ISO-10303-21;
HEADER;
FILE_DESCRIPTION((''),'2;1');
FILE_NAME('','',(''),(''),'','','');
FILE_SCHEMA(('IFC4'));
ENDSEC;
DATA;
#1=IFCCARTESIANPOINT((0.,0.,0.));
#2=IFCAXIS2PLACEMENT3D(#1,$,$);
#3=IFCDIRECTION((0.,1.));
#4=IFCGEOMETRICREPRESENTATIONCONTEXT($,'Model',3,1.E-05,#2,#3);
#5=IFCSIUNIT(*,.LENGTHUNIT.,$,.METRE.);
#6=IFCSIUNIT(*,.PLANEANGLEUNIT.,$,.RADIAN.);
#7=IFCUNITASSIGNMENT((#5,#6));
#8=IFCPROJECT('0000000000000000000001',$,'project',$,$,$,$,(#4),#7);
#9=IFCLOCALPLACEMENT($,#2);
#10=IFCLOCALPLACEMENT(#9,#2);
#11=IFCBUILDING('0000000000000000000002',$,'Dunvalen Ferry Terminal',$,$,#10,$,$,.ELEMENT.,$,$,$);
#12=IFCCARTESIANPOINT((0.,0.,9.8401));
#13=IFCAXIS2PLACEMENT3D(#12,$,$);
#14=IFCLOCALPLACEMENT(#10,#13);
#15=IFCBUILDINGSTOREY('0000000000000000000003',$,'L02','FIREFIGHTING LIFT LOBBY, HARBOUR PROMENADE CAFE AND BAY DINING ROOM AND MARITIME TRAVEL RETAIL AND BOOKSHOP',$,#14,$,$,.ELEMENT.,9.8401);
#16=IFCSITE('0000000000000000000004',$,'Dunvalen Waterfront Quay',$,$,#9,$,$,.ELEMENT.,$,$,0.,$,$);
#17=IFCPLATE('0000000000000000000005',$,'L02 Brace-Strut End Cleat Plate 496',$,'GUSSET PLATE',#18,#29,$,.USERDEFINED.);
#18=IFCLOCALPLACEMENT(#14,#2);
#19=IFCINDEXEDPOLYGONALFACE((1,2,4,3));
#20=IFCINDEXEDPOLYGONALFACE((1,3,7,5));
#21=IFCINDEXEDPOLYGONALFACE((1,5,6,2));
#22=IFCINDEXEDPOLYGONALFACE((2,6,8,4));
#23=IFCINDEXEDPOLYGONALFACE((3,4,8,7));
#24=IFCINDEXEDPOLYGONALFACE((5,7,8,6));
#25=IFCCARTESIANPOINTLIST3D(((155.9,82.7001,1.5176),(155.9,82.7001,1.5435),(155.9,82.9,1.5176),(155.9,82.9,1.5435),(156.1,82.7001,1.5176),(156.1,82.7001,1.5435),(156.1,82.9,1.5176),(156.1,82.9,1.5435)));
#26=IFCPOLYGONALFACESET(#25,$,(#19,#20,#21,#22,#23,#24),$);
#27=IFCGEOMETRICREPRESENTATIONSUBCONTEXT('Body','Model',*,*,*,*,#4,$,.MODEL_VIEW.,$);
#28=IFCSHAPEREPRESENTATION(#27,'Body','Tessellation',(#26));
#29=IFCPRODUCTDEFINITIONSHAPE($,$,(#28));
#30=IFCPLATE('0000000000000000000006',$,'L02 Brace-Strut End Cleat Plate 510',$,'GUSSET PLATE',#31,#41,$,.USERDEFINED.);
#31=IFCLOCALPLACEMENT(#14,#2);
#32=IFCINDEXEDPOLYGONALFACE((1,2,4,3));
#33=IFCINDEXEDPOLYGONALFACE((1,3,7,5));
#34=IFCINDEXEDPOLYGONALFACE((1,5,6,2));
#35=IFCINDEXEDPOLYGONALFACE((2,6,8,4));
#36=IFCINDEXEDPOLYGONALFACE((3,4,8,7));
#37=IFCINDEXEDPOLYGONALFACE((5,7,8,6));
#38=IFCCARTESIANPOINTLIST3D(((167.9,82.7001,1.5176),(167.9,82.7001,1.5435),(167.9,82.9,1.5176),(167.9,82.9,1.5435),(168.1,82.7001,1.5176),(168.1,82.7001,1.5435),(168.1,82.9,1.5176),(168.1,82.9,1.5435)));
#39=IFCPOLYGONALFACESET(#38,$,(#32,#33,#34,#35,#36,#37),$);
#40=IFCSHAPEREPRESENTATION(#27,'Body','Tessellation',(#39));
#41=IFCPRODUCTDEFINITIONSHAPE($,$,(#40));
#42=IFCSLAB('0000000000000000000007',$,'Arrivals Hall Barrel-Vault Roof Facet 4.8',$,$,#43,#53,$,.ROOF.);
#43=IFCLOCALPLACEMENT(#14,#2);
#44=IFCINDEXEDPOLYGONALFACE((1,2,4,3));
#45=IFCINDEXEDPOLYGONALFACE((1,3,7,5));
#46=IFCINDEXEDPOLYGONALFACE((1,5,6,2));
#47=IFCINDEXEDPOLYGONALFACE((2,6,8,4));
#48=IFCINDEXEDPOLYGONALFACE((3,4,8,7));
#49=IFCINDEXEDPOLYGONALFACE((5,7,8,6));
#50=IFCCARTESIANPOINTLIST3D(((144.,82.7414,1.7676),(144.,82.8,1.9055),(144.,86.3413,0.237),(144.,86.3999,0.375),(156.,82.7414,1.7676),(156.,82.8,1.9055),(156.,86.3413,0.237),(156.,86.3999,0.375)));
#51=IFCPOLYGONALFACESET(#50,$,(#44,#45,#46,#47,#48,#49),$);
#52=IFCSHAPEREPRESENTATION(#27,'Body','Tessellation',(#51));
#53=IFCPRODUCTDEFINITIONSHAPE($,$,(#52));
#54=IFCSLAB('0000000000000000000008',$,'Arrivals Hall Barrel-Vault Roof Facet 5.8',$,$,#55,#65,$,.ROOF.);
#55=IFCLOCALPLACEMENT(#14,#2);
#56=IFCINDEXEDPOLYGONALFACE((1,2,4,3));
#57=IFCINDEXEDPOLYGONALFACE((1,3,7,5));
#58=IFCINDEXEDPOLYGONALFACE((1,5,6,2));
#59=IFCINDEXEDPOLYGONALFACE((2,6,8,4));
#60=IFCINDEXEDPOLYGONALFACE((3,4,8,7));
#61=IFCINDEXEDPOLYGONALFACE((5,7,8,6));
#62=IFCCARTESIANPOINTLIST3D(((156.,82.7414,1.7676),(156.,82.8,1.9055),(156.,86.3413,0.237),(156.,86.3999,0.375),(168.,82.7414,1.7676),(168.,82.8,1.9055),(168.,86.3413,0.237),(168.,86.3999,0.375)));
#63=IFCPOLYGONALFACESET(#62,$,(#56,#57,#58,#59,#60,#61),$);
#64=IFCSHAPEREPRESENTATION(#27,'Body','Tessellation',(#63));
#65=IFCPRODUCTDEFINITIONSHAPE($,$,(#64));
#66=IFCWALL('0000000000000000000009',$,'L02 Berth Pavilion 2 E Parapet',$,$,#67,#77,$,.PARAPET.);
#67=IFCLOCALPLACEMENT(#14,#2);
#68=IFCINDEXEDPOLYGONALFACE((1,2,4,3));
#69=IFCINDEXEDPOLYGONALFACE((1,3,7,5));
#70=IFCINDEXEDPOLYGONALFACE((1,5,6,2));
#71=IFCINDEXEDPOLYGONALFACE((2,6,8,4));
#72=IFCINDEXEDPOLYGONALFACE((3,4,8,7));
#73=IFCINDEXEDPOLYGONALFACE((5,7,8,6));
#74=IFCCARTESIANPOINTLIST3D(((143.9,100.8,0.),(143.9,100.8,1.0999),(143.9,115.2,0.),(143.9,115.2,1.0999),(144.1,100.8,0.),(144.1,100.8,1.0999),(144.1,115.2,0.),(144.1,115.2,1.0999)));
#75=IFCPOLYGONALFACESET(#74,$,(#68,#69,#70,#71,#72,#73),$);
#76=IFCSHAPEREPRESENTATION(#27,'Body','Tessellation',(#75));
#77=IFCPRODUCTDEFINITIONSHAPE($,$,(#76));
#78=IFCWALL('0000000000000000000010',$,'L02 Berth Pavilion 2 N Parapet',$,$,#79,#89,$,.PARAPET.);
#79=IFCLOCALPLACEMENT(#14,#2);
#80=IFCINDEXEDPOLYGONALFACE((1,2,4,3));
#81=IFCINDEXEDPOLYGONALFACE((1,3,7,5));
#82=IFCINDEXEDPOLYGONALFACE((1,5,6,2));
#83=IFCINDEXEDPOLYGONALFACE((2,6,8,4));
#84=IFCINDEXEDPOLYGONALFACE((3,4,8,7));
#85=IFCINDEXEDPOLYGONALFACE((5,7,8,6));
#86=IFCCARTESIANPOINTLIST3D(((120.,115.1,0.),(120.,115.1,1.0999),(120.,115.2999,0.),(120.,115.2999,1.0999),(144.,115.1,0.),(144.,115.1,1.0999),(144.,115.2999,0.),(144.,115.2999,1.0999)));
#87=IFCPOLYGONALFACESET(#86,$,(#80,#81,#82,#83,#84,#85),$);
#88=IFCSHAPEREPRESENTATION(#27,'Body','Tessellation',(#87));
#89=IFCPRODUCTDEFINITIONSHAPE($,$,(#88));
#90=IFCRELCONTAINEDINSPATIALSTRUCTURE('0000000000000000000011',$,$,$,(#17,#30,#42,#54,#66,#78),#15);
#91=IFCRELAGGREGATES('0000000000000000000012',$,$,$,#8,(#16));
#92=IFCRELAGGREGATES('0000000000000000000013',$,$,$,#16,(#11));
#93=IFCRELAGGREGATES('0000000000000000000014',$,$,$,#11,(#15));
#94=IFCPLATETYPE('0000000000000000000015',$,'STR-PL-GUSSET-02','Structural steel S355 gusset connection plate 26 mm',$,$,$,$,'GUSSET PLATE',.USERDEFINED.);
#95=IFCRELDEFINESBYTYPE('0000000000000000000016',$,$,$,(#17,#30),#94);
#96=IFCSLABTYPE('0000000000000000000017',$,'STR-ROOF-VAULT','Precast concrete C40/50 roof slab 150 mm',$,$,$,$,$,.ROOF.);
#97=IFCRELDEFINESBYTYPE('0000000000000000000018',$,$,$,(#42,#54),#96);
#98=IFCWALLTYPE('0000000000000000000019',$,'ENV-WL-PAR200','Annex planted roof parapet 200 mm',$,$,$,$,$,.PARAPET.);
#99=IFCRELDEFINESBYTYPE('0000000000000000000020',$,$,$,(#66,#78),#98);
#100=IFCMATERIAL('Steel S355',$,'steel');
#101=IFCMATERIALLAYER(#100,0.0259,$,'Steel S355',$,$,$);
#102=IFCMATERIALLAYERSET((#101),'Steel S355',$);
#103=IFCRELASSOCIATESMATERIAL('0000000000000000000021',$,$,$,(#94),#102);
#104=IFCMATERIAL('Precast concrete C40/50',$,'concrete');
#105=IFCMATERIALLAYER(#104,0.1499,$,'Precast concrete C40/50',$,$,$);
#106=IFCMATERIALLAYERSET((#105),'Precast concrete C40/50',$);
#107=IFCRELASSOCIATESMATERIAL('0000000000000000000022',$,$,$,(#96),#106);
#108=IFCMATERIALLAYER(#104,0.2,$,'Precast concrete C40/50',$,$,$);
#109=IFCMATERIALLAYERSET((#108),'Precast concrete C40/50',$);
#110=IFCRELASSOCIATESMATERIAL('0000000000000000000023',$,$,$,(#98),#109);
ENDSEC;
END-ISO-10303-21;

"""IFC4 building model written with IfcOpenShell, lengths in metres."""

from ifc_helpers import new_model, si_unit, direction, frame, frame_2d, origin, origin_2d, place, context, subcontext, project, spatial, polyline, rectangle, outline, extrude, material, layer, layer_set, type_object, element, save


model = new_model("IFC4")

# Units and contexts
model_context = context("Model", 3, precision=1e-05, world=origin(), true_north=direction((0.0, 1.0)))
body_context = subcontext(model_context, "Body", "Model", "MODEL_VIEW")
ifc_project = project(units=[si_unit("LENGTHUNIT", "METRE"), si_unit("PLANEANGLEUNIT", "RADIAN")], contexts=[model_context])

# Site, building, storey
site_placement = place(None, origin())
site = spatial("IfcSite", under=ifc_project, at=site_placement, Name="Dunvalen Waterfront Quay", CompositionType="ELEMENT", RefElevation=0.0)
building_placement = place(site_placement, origin())
building = spatial("IfcBuilding", under=site, at=building_placement, Name="Dunvalen Ferry Terminal", CompositionType="ELEMENT")
storey_placement = place(building_placement, frame((0.0, 0.0, 9.8401)))
storey = spatial("IfcBuildingStorey", under=building, at=storey_placement, Name="L02", Description="FIREFIGHTING LIFT LOBBY, HARBOUR PROMENADE CAFE AND BAY DINING ROOM AND MARITIME TRAVEL RETAIL AND BOOKSHOP", CompositionType="ELEMENT", Elevation=9.8401)

# Shared definitions
ifc_material_1 = material(Name="Steel S355", Category="steel")

# Plates
ifc_layer_1 = layer(ifc_material_1, 0.0259, Name="Steel S355")
ifc_layer_set_1 = layer_set([ifc_layer_1], Name="Steel S355")
plate_type_1 = type_object("IfcPlateType", Name="STR-PL-GUSSET-02", Description="Structural steel S355 gusset connection plate 26 mm", ElementType="GUSSET PLATE", PredefinedType="USERDEFINED", material=ifc_layer_set_1)
for number, where, z_axis, x_axis, name in (
    (1, (156.0, 82.8, 1.5176), (0.0, 0.0, 1.0), (1.0, 0.0, 0.0), "L02 Brace-Strut End Cleat Plate 496"),
    (2, (168.0, 82.8, 1.5176), (0.0, 0.0, 1.0), (1.0, 0.0, 0.0), "L02 Brace-Strut End Cleat Plate 510"),
):
    element("IfcPlate", number, at=place(storey_placement, frame(where, z_axis=z_axis, x_axis=x_axis)), inside=storey, type_object=plate_type_1, Name=name, ObjectType="GUSSET PLATE", PredefinedType="USERDEFINED", context=body_context, shape_type="SweptSolid", body=[
        extrude(rectangle(XDim=0.2, YDim=0.2, at=origin_2d()), origin(), (0.0, 0.0, 1.0), 0.0259),
    ])

# Slabs
ifc_material_2 = material(Name="Precast concrete C40/50", Category="concrete")
ifc_layer_2 = layer(ifc_material_2, 0.1499, Name="Precast concrete C40/50")
ifc_layer_set_2 = layer_set([ifc_layer_2], Name="Precast concrete C40/50")
slab_type = type_object("IfcSlabType", Name="STR-ROOF-VAULT", Description="Precast concrete C40/50 roof slab 150 mm", PredefinedType="ROOF", material=ifc_layer_set_2)
for number, where, z_axis, x_axis, name in (
    (3, (144.0, 82.8, 1.9055), (0.0, 0.391266, 0.920278), (1.0, 0.0, 0.0), "Arrivals Hall Barrel-Vault Roof Facet 4.8"),
    (4, (156.0, 82.8, 1.9055), (0.0, 0.391266, 0.920278), (1.0, 0.0, 0.0), "Arrivals Hall Barrel-Vault Roof Facet 5.8"),
):
    element("IfcSlab", number, at=place(storey_placement, frame(where, z_axis=z_axis, x_axis=x_axis)), inside=storey, type_object=slab_type, Name=name, PredefinedType="ROOF", context=body_context, shape_type="SweptSolid", body=[
        extrude(outline(polyline([(0.0, 0.0), (12.0, 0.0), (12.0, 3.9117), (0.0, 3.9117), (0.0, 0.0)])), origin(), (0.0, 0.0, -1.0), 0.1499),
    ])

# Walls
ifc_layer_3 = layer(ifc_material_2, 0.2, Name="Precast concrete C40/50")
ifc_layer_set_3 = layer_set([ifc_layer_3], Name="Precast concrete C40/50")
wall_type = type_object("IfcWallType", Name="ENV-WL-PAR200", Description="Annex planted roof parapet 200 mm", PredefinedType="PARAPET", material=ifc_layer_set_3)
wall_1_placement = place(storey_placement, frame((144.0, 100.8, 0.0), z_axis=(0.0, 0.0, 1.0), x_axis=(0.0, 1.0, 0.0)))
element("IfcWall", 5, at=wall_1_placement, inside=storey, type_object=wall_type, Name="L02 Berth Pavilion 2 E Parapet", PredefinedType="PARAPET", context=body_context, shape_type="SweptSolid", body=[
    extrude(rectangle(XDim=14.3999, YDim=0.2, at=frame_2d((7.2, 0.0))), origin(), (0.0, 0.0, 1.0), 1.0999),
])
wall_2_placement = place(storey_placement, frame((144.0, 115.2, 0.0), z_axis=(0.0, 0.0, 1.0), x_axis=(-1.0, 0.0, 0.0)))
element("IfcWall", 6, at=wall_2_placement, inside=storey, type_object=wall_type, Name="L02 Berth Pavilion 2 N Parapet", PredefinedType="PARAPET", context=body_context, shape_type="SweptSolid", body=[
    extrude(rectangle(XDim=24.0, YDim=0.2, at=frame_2d((12.0, 0.0))), origin(), (0.0, 0.0, 1.0), 1.0999),
])

save(model, "model.ifc")
